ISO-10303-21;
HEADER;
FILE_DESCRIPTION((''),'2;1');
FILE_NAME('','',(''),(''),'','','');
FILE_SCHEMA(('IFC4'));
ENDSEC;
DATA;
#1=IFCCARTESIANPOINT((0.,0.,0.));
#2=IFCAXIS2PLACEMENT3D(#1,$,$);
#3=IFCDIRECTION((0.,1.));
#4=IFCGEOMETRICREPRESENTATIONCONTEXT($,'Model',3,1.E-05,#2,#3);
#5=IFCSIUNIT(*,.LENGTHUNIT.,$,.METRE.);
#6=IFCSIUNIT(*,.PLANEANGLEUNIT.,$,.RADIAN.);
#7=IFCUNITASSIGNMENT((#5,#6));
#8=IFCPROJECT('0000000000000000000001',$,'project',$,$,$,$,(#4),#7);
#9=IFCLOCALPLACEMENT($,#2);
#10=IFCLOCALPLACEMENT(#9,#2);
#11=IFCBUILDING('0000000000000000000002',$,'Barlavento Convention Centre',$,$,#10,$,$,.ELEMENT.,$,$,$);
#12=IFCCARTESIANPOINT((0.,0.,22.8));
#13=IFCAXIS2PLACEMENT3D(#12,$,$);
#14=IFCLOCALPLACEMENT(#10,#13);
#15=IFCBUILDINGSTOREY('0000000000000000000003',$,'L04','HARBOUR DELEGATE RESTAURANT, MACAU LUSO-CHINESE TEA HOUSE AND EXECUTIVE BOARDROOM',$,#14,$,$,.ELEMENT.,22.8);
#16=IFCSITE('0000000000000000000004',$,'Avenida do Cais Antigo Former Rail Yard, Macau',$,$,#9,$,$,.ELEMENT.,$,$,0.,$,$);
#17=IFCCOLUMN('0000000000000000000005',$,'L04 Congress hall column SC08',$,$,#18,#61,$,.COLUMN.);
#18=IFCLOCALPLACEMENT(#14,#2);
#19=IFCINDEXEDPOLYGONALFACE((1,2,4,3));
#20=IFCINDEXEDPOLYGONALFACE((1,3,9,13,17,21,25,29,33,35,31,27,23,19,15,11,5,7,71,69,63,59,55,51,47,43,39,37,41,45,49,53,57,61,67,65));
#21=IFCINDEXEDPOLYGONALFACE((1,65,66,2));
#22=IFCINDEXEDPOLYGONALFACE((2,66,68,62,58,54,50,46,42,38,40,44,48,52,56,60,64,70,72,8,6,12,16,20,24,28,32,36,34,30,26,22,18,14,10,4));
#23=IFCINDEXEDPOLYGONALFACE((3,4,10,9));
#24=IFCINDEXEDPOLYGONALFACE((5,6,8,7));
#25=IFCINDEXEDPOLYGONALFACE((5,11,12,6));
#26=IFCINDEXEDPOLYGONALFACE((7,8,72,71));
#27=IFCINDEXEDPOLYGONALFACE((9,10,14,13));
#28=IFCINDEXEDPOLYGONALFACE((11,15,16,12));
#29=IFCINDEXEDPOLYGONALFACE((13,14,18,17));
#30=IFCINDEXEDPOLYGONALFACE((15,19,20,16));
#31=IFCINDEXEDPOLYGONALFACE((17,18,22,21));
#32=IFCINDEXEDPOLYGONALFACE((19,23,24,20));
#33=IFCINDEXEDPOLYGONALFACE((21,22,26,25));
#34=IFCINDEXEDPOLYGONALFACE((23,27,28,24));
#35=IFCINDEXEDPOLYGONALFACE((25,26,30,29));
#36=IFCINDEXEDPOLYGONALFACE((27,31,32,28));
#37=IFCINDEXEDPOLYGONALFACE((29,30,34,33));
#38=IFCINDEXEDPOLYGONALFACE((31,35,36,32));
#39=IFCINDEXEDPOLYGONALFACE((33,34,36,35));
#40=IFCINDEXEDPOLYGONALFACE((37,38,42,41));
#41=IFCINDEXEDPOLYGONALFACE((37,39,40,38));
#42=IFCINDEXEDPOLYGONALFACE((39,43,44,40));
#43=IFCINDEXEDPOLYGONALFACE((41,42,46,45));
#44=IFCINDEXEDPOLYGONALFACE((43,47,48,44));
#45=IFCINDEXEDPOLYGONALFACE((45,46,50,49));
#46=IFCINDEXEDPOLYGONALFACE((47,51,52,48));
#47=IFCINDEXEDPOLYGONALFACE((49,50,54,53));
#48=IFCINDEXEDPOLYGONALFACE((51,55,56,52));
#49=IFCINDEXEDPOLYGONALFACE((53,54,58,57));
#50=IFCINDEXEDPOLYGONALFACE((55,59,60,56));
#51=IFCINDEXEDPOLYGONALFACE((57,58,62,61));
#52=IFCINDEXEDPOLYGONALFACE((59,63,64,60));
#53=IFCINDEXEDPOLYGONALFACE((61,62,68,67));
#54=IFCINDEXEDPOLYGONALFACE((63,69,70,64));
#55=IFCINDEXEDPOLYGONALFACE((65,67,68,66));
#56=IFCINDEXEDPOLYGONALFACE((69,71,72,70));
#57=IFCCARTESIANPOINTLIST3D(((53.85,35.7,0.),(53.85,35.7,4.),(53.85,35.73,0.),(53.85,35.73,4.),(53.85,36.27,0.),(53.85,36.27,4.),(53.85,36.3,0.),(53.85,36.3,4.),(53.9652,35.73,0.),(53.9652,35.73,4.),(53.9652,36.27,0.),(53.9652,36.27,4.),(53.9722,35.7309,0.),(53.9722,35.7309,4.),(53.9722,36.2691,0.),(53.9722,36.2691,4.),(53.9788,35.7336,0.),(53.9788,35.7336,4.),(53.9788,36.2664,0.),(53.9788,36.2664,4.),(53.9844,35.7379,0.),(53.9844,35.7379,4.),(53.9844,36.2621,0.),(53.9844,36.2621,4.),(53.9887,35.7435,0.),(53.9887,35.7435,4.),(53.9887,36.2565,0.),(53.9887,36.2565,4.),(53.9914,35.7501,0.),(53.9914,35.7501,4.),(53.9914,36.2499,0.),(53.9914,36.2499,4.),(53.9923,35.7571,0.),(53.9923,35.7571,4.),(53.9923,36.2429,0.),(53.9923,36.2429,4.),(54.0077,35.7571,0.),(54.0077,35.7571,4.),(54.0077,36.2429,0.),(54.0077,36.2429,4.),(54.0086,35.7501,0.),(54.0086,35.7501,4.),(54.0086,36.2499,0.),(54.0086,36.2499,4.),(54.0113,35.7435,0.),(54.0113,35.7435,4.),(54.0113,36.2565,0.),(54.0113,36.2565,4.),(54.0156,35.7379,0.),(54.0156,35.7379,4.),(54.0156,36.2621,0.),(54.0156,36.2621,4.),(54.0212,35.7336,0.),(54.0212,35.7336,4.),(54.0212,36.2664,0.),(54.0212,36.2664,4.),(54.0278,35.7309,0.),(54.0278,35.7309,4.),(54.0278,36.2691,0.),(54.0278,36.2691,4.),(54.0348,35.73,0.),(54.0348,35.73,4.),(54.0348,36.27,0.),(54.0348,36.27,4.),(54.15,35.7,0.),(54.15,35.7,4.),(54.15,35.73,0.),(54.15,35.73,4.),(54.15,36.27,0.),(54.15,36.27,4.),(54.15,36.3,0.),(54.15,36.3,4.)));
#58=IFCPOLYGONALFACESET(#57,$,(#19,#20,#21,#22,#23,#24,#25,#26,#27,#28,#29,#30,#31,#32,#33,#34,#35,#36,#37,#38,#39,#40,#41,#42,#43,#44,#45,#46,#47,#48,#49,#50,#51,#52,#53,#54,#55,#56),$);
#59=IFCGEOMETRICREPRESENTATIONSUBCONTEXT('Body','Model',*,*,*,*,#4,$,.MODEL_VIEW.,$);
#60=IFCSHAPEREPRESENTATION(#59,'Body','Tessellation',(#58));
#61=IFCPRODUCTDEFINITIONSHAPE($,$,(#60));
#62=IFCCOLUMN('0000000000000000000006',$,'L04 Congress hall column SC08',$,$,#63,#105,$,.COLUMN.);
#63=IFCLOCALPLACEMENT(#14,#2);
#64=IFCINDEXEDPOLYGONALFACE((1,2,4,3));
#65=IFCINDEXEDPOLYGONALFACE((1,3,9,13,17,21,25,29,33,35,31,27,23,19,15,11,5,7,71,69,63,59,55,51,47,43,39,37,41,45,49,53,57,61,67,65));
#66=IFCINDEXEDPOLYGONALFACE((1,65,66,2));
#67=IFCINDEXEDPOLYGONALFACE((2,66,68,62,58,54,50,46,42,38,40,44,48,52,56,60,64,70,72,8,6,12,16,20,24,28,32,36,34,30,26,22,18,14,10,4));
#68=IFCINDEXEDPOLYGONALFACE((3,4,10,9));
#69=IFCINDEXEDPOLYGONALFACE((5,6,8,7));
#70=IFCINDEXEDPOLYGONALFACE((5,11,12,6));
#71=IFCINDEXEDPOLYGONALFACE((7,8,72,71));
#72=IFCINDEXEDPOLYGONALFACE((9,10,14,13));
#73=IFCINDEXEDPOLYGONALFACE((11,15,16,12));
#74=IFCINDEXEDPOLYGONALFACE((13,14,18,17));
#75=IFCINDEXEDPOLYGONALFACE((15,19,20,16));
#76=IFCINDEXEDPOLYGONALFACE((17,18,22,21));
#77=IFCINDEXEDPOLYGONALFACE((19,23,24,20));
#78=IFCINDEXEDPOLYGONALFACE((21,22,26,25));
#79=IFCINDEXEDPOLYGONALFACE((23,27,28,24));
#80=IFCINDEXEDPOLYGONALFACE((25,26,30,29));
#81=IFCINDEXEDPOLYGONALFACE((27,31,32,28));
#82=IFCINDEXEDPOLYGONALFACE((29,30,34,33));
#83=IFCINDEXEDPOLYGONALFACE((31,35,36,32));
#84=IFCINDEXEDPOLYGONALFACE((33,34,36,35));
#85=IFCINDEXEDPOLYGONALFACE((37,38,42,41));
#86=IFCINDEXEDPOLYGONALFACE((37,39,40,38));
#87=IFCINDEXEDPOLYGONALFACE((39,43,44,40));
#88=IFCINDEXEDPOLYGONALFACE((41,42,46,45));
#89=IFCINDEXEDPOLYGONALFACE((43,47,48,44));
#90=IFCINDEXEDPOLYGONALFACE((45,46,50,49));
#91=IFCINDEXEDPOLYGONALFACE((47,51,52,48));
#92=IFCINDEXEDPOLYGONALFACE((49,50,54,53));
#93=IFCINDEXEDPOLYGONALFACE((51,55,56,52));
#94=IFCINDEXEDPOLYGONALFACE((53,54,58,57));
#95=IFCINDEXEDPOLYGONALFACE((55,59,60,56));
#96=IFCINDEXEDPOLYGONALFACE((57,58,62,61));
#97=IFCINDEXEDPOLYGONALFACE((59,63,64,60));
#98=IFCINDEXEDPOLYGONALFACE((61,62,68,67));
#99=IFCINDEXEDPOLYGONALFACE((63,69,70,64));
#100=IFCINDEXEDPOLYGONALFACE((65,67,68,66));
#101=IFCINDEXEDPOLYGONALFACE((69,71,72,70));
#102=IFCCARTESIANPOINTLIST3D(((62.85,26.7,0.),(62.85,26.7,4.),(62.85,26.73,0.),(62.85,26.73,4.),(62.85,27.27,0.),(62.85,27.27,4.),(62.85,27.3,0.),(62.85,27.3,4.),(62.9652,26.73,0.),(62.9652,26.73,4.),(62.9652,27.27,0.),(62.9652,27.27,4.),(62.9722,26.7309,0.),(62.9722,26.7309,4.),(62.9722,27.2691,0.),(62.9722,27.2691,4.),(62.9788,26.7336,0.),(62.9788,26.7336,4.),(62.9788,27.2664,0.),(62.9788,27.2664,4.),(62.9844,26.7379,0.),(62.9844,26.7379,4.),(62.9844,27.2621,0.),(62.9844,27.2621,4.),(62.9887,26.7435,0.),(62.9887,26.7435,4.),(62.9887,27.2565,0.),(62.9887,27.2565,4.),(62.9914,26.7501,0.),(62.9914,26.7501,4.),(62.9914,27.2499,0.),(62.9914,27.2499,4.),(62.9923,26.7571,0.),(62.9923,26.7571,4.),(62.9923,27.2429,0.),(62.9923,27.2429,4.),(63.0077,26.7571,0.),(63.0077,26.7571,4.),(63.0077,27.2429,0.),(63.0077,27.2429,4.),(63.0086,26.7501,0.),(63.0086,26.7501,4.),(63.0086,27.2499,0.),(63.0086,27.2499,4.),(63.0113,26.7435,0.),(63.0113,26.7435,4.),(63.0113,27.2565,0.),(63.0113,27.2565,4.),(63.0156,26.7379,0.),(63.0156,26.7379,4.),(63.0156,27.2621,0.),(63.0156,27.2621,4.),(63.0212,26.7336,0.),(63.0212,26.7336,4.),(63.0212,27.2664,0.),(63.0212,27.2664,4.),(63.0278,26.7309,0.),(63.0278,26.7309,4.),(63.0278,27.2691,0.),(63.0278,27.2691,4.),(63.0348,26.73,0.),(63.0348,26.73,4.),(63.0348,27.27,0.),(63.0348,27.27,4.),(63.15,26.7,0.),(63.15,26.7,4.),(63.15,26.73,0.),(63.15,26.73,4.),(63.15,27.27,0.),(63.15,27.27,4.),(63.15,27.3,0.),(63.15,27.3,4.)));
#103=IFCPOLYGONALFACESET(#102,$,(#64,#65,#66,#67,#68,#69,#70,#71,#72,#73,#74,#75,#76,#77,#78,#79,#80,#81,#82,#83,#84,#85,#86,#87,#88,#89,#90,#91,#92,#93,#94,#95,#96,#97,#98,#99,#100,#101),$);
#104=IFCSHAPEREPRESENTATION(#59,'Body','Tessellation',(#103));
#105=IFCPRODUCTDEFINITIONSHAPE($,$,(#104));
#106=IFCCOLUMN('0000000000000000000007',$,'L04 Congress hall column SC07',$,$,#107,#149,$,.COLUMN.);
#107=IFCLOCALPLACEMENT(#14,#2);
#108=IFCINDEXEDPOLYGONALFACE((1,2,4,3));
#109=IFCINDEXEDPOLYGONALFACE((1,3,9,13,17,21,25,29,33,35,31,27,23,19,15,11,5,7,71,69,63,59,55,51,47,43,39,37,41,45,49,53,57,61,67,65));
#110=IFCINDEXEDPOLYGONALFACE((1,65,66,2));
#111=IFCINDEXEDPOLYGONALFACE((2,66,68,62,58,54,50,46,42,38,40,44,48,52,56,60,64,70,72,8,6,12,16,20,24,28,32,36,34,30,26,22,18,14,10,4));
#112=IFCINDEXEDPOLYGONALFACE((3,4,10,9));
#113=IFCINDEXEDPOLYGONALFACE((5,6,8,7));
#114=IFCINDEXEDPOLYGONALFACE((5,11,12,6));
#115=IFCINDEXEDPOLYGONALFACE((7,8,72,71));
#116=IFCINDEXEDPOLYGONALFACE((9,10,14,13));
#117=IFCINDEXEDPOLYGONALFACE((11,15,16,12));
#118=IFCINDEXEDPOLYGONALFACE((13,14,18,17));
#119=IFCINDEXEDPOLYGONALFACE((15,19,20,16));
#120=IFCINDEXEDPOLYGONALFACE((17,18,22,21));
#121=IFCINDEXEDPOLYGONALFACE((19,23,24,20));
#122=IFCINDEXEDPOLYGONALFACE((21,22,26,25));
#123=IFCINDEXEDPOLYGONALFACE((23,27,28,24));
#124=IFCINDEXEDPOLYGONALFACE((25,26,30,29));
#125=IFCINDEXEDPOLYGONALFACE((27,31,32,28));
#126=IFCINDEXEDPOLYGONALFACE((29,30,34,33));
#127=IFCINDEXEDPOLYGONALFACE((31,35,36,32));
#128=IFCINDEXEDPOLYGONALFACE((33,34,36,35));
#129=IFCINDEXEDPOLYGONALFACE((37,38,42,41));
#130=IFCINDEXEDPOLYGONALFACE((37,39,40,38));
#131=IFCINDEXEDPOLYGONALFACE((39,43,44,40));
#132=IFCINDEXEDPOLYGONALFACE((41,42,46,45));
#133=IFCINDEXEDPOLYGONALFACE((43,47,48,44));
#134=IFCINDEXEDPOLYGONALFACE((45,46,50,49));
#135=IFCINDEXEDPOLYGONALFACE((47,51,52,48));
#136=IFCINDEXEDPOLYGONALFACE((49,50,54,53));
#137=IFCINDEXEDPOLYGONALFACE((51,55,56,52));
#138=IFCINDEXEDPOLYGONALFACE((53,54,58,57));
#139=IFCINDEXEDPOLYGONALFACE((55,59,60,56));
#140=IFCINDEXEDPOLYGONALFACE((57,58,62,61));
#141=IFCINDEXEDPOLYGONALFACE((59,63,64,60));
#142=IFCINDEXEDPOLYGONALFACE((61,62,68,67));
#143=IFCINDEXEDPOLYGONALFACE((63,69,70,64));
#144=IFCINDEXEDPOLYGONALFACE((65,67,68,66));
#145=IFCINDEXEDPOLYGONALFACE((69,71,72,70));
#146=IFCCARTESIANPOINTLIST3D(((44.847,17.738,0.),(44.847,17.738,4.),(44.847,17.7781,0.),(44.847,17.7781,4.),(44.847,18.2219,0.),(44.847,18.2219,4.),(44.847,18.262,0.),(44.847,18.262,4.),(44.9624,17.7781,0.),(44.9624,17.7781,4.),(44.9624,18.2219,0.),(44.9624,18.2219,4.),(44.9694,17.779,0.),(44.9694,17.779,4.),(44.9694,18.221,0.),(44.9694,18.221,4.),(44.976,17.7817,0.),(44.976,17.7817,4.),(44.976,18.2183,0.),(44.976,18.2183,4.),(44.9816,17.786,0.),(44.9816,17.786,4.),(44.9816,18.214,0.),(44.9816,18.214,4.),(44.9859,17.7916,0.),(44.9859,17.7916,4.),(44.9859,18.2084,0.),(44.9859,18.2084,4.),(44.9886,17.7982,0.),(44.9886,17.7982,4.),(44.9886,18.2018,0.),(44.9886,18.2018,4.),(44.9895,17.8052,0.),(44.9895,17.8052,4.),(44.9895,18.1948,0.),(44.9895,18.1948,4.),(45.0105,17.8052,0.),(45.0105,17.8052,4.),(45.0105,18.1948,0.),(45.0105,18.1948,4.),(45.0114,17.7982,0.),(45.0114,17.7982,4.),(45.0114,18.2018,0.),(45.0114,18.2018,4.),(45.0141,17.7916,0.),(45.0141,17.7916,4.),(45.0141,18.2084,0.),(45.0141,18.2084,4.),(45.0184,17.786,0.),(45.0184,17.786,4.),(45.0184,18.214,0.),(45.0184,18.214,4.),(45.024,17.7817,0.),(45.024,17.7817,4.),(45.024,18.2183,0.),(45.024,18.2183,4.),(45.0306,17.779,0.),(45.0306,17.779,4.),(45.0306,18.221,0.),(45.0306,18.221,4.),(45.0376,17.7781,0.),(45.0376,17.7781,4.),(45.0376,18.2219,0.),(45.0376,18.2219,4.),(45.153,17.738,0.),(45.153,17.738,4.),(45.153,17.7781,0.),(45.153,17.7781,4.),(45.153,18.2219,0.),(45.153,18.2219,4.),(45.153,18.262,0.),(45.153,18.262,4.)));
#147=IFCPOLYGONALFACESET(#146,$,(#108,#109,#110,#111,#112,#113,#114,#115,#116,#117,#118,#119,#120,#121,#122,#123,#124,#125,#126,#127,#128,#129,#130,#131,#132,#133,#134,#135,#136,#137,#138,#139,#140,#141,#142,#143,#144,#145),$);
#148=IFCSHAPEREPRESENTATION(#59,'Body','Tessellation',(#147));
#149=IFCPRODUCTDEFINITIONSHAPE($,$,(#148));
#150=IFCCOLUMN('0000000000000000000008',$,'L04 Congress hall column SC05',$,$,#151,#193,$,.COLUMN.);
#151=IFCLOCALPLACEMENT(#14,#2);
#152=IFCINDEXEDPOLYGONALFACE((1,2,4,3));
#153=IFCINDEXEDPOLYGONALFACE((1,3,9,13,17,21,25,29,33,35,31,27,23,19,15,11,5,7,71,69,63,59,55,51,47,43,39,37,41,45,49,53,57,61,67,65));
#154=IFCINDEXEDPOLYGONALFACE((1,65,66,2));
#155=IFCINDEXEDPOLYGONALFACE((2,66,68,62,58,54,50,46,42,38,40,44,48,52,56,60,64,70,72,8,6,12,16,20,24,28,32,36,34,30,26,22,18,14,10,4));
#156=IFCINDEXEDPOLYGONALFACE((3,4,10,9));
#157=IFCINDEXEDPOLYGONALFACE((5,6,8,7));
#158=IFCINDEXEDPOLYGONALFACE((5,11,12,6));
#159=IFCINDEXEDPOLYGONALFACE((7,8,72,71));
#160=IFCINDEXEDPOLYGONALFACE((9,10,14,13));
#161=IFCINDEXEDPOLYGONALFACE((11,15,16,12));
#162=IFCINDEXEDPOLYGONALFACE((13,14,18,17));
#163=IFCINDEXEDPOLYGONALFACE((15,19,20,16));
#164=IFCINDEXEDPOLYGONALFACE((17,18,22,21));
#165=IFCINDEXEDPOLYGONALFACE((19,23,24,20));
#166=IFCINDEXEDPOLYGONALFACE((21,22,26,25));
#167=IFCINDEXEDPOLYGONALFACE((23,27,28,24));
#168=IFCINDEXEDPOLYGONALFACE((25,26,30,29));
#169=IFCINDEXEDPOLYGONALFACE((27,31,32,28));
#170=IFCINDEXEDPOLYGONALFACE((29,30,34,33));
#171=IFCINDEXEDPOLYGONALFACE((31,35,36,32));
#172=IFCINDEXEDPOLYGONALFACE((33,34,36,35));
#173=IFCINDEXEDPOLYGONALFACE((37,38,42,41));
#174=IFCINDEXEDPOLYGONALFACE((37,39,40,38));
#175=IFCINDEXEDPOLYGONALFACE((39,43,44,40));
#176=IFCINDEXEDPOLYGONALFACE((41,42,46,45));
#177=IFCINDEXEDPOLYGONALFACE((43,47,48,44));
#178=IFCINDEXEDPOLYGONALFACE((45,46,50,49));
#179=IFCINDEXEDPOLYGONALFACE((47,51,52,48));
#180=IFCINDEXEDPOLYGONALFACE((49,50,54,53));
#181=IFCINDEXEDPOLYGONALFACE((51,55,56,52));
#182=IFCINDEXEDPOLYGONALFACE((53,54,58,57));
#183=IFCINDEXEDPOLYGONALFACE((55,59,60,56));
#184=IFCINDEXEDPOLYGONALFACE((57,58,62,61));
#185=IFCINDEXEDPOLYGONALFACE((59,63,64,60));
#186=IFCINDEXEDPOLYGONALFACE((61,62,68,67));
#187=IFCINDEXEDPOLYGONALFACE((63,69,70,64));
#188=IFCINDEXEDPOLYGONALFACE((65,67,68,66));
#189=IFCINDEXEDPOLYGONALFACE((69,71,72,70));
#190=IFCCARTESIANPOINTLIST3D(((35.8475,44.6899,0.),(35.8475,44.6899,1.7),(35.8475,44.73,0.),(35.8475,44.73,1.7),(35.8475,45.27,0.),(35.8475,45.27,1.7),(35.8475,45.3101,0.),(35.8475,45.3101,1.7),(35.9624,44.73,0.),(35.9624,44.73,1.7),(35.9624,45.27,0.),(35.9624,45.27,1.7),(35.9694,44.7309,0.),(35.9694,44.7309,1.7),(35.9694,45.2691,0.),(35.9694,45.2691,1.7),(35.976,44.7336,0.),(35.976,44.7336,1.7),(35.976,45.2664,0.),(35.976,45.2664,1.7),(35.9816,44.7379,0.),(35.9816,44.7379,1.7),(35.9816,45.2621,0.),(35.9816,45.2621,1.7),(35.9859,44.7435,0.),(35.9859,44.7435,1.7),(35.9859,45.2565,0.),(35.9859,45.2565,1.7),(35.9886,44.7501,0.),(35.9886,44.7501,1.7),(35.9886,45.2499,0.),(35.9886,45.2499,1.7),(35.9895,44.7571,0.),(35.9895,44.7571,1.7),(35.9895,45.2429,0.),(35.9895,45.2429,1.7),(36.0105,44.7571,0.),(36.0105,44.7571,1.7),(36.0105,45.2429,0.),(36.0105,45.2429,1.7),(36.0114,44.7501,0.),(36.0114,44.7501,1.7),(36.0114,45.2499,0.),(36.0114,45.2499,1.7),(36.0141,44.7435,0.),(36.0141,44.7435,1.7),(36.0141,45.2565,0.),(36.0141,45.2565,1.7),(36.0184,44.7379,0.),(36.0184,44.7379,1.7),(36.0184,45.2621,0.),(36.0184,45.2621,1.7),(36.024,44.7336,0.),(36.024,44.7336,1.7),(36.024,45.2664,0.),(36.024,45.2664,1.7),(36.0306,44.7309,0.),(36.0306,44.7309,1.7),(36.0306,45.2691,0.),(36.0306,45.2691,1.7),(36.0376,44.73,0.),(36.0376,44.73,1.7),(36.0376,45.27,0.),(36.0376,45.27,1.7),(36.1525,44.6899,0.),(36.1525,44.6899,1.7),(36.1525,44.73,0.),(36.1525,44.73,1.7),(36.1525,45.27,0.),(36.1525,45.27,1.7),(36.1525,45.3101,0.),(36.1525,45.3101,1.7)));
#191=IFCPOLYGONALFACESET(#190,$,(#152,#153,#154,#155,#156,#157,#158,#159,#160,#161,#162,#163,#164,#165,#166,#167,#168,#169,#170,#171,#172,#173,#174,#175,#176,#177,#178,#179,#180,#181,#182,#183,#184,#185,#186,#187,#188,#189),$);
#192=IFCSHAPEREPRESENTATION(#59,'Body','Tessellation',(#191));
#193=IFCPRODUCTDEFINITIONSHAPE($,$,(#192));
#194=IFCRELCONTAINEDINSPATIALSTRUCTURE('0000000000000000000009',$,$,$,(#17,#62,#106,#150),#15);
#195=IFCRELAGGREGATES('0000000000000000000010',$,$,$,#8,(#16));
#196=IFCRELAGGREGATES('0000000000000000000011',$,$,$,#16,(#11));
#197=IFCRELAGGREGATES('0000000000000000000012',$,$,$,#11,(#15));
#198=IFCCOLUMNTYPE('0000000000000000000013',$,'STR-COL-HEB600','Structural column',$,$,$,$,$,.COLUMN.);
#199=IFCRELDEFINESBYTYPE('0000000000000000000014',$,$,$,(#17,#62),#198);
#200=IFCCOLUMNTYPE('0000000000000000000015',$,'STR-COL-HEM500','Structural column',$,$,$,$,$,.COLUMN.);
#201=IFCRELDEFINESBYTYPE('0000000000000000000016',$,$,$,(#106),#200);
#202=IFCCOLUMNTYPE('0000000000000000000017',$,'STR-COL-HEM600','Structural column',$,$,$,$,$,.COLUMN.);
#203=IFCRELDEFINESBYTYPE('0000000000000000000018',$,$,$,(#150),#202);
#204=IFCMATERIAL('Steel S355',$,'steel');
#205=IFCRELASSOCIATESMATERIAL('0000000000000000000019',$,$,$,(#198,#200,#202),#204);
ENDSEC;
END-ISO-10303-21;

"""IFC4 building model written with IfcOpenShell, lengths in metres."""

from ifc_helpers import new_model, si_unit, direction, frame, origin, origin_2d, place, context, subcontext, project, spatial, i_section, extrude, material, material_profile, profile_set, type_object, element, save


model = new_model("IFC4")

# Units and contexts
model_context = context("Model", 3, precision=1e-05, world=origin(), true_north=direction((0.0, 1.0)))
body_context = subcontext(model_context, "Body", "Model", "MODEL_VIEW")
ifc_project = project(units=[si_unit("LENGTHUNIT", "METRE"), si_unit("PLANEANGLEUNIT", "RADIAN")], contexts=[model_context])

# Site, building, storey
site_placement = place(None, origin())
site = spatial("IfcSite", under=ifc_project, at=site_placement, Name="Avenida do Cais Antigo Former Rail Yard, Macau", CompositionType="ELEMENT", RefElevation=0.0)
building_placement = place(site_placement, origin())
building = spatial("IfcBuilding", under=site, at=building_placement, Name="Barlavento Convention Centre", CompositionType="ELEMENT")
storey_placement = place(building_placement, frame((0.0, 0.0, 22.8)))
storey = spatial("IfcBuildingStorey", under=building, at=storey_placement, Name="L04", Description="HARBOUR DELEGATE RESTAURANT, MACAU LUSO-CHINESE TEA HOUSE AND EXECUTIVE BOARDROOM", CompositionType="ELEMENT", Elevation=22.8)

# Columns
ifc_material_1 = material(Name="Steel S355", Category="steel")
ifc_material_profile_1 = material_profile(ifc_material_1, i_section(OverallWidth=0.3, OverallDepth=0.6001, WebThickness=0.0154, FlangeThickness=0.03, FilletRadius=0.0271, at=origin_2d()), Name="HEB 600")
ifc_profile_set_1 = profile_set([ifc_material_profile_1], Name="Steel S355")
column_type_1 = type_object("IfcColumnType", Name="STR-COL-HEB600", Description="Structural column", PredefinedType="COLUMN", material=ifc_profile_set_1)
for number, where, z_axis, x_axis, name in (
    (1, (54.0, 36.0, 0.0), (0.0, 0.0, 1.0), (1.0, 0.0, 0.0), "L04 Congress hall column SC08"),
    (2, (63.0, 27.0, 0.0), (0.0, 0.0, 1.0), (1.0, 0.0, 0.0), "L04 Congress hall column SC08"),
):
    element("IfcColumn", number, at=place(storey_placement, frame(where, z_axis=z_axis, x_axis=x_axis)), inside=storey, type_object=column_type_1, Name=name, PredefinedType="COLUMN", context=body_context, shape_type="SweptSolid", body=[
        extrude(i_section(OverallWidth=0.3, OverallDepth=0.6001, WebThickness=0.0154, FlangeThickness=0.03, FilletRadius=0.0271, at=origin_2d()), origin(), (0.0, 0.0, 1.0), 4.0),
    ])
ifc_material_profile_2 = material_profile(ifc_material_1, i_section(OverallWidth=0.3059, OverallDepth=0.5239, WebThickness=0.021, FlangeThickness=0.04, FilletRadius=0.0271, at=origin_2d()), Name="HEM 500")
ifc_profile_set_2 = profile_set([ifc_material_profile_2], Name="Steel S355")
column_type_2 = type_object("IfcColumnType", Name="STR-COL-HEM500", Description="Structural column", PredefinedType="COLUMN", material=ifc_profile_set_2)
column_1_placement = place(storey_placement, frame((45.0, 18.0, 0.0), z_axis=(0.0, 0.0, 1.0), x_axis=(1.0, 0.0, 0.0)))
element("IfcColumn", 3, at=column_1_placement, inside=storey, type_object=column_type_2, Name="L04 Congress hall column SC07", PredefinedType="COLUMN", context=body_context, shape_type="SweptSolid", body=[
    extrude(i_section(OverallWidth=0.3059, OverallDepth=0.5239, WebThickness=0.021, FlangeThickness=0.04, FilletRadius=0.0271, at=origin_2d()), origin(), (0.0, 0.0, 1.0), 4.0),
])
ifc_material_profile_3 = material_profile(ifc_material_1, i_section(OverallWidth=0.3049, OverallDepth=0.6201, WebThickness=0.021, FlangeThickness=0.04, FilletRadius=0.0271, at=origin_2d()), Name="HEM 600")
ifc_profile_set_3 = profile_set([ifc_material_profile_3], Name="Steel S355")
column_type_3 = type_object("IfcColumnType", Name="STR-COL-HEM600", Description="Structural column", PredefinedType="COLUMN", material=ifc_profile_set_3)
column_2_placement = place(storey_placement, frame((36.0, 45.0, 0.0), z_axis=(0.0, 0.0, 1.0), x_axis=(1.0, 0.0, 0.0)))
element("IfcColumn", 4, at=column_2_placement, inside=storey, type_object=column_type_3, Name="L04 Congress hall column SC05", PredefinedType="COLUMN", context=body_context, shape_type="SweptSolid", body=[
    extrude(i_section(OverallWidth=0.3049, OverallDepth=0.6201, WebThickness=0.021, FlangeThickness=0.04, FilletRadius=0.0271, at=origin_2d()), origin(), (0.0, 0.0, 1.0), 1.7),
])

save(model, "model.ifc")
